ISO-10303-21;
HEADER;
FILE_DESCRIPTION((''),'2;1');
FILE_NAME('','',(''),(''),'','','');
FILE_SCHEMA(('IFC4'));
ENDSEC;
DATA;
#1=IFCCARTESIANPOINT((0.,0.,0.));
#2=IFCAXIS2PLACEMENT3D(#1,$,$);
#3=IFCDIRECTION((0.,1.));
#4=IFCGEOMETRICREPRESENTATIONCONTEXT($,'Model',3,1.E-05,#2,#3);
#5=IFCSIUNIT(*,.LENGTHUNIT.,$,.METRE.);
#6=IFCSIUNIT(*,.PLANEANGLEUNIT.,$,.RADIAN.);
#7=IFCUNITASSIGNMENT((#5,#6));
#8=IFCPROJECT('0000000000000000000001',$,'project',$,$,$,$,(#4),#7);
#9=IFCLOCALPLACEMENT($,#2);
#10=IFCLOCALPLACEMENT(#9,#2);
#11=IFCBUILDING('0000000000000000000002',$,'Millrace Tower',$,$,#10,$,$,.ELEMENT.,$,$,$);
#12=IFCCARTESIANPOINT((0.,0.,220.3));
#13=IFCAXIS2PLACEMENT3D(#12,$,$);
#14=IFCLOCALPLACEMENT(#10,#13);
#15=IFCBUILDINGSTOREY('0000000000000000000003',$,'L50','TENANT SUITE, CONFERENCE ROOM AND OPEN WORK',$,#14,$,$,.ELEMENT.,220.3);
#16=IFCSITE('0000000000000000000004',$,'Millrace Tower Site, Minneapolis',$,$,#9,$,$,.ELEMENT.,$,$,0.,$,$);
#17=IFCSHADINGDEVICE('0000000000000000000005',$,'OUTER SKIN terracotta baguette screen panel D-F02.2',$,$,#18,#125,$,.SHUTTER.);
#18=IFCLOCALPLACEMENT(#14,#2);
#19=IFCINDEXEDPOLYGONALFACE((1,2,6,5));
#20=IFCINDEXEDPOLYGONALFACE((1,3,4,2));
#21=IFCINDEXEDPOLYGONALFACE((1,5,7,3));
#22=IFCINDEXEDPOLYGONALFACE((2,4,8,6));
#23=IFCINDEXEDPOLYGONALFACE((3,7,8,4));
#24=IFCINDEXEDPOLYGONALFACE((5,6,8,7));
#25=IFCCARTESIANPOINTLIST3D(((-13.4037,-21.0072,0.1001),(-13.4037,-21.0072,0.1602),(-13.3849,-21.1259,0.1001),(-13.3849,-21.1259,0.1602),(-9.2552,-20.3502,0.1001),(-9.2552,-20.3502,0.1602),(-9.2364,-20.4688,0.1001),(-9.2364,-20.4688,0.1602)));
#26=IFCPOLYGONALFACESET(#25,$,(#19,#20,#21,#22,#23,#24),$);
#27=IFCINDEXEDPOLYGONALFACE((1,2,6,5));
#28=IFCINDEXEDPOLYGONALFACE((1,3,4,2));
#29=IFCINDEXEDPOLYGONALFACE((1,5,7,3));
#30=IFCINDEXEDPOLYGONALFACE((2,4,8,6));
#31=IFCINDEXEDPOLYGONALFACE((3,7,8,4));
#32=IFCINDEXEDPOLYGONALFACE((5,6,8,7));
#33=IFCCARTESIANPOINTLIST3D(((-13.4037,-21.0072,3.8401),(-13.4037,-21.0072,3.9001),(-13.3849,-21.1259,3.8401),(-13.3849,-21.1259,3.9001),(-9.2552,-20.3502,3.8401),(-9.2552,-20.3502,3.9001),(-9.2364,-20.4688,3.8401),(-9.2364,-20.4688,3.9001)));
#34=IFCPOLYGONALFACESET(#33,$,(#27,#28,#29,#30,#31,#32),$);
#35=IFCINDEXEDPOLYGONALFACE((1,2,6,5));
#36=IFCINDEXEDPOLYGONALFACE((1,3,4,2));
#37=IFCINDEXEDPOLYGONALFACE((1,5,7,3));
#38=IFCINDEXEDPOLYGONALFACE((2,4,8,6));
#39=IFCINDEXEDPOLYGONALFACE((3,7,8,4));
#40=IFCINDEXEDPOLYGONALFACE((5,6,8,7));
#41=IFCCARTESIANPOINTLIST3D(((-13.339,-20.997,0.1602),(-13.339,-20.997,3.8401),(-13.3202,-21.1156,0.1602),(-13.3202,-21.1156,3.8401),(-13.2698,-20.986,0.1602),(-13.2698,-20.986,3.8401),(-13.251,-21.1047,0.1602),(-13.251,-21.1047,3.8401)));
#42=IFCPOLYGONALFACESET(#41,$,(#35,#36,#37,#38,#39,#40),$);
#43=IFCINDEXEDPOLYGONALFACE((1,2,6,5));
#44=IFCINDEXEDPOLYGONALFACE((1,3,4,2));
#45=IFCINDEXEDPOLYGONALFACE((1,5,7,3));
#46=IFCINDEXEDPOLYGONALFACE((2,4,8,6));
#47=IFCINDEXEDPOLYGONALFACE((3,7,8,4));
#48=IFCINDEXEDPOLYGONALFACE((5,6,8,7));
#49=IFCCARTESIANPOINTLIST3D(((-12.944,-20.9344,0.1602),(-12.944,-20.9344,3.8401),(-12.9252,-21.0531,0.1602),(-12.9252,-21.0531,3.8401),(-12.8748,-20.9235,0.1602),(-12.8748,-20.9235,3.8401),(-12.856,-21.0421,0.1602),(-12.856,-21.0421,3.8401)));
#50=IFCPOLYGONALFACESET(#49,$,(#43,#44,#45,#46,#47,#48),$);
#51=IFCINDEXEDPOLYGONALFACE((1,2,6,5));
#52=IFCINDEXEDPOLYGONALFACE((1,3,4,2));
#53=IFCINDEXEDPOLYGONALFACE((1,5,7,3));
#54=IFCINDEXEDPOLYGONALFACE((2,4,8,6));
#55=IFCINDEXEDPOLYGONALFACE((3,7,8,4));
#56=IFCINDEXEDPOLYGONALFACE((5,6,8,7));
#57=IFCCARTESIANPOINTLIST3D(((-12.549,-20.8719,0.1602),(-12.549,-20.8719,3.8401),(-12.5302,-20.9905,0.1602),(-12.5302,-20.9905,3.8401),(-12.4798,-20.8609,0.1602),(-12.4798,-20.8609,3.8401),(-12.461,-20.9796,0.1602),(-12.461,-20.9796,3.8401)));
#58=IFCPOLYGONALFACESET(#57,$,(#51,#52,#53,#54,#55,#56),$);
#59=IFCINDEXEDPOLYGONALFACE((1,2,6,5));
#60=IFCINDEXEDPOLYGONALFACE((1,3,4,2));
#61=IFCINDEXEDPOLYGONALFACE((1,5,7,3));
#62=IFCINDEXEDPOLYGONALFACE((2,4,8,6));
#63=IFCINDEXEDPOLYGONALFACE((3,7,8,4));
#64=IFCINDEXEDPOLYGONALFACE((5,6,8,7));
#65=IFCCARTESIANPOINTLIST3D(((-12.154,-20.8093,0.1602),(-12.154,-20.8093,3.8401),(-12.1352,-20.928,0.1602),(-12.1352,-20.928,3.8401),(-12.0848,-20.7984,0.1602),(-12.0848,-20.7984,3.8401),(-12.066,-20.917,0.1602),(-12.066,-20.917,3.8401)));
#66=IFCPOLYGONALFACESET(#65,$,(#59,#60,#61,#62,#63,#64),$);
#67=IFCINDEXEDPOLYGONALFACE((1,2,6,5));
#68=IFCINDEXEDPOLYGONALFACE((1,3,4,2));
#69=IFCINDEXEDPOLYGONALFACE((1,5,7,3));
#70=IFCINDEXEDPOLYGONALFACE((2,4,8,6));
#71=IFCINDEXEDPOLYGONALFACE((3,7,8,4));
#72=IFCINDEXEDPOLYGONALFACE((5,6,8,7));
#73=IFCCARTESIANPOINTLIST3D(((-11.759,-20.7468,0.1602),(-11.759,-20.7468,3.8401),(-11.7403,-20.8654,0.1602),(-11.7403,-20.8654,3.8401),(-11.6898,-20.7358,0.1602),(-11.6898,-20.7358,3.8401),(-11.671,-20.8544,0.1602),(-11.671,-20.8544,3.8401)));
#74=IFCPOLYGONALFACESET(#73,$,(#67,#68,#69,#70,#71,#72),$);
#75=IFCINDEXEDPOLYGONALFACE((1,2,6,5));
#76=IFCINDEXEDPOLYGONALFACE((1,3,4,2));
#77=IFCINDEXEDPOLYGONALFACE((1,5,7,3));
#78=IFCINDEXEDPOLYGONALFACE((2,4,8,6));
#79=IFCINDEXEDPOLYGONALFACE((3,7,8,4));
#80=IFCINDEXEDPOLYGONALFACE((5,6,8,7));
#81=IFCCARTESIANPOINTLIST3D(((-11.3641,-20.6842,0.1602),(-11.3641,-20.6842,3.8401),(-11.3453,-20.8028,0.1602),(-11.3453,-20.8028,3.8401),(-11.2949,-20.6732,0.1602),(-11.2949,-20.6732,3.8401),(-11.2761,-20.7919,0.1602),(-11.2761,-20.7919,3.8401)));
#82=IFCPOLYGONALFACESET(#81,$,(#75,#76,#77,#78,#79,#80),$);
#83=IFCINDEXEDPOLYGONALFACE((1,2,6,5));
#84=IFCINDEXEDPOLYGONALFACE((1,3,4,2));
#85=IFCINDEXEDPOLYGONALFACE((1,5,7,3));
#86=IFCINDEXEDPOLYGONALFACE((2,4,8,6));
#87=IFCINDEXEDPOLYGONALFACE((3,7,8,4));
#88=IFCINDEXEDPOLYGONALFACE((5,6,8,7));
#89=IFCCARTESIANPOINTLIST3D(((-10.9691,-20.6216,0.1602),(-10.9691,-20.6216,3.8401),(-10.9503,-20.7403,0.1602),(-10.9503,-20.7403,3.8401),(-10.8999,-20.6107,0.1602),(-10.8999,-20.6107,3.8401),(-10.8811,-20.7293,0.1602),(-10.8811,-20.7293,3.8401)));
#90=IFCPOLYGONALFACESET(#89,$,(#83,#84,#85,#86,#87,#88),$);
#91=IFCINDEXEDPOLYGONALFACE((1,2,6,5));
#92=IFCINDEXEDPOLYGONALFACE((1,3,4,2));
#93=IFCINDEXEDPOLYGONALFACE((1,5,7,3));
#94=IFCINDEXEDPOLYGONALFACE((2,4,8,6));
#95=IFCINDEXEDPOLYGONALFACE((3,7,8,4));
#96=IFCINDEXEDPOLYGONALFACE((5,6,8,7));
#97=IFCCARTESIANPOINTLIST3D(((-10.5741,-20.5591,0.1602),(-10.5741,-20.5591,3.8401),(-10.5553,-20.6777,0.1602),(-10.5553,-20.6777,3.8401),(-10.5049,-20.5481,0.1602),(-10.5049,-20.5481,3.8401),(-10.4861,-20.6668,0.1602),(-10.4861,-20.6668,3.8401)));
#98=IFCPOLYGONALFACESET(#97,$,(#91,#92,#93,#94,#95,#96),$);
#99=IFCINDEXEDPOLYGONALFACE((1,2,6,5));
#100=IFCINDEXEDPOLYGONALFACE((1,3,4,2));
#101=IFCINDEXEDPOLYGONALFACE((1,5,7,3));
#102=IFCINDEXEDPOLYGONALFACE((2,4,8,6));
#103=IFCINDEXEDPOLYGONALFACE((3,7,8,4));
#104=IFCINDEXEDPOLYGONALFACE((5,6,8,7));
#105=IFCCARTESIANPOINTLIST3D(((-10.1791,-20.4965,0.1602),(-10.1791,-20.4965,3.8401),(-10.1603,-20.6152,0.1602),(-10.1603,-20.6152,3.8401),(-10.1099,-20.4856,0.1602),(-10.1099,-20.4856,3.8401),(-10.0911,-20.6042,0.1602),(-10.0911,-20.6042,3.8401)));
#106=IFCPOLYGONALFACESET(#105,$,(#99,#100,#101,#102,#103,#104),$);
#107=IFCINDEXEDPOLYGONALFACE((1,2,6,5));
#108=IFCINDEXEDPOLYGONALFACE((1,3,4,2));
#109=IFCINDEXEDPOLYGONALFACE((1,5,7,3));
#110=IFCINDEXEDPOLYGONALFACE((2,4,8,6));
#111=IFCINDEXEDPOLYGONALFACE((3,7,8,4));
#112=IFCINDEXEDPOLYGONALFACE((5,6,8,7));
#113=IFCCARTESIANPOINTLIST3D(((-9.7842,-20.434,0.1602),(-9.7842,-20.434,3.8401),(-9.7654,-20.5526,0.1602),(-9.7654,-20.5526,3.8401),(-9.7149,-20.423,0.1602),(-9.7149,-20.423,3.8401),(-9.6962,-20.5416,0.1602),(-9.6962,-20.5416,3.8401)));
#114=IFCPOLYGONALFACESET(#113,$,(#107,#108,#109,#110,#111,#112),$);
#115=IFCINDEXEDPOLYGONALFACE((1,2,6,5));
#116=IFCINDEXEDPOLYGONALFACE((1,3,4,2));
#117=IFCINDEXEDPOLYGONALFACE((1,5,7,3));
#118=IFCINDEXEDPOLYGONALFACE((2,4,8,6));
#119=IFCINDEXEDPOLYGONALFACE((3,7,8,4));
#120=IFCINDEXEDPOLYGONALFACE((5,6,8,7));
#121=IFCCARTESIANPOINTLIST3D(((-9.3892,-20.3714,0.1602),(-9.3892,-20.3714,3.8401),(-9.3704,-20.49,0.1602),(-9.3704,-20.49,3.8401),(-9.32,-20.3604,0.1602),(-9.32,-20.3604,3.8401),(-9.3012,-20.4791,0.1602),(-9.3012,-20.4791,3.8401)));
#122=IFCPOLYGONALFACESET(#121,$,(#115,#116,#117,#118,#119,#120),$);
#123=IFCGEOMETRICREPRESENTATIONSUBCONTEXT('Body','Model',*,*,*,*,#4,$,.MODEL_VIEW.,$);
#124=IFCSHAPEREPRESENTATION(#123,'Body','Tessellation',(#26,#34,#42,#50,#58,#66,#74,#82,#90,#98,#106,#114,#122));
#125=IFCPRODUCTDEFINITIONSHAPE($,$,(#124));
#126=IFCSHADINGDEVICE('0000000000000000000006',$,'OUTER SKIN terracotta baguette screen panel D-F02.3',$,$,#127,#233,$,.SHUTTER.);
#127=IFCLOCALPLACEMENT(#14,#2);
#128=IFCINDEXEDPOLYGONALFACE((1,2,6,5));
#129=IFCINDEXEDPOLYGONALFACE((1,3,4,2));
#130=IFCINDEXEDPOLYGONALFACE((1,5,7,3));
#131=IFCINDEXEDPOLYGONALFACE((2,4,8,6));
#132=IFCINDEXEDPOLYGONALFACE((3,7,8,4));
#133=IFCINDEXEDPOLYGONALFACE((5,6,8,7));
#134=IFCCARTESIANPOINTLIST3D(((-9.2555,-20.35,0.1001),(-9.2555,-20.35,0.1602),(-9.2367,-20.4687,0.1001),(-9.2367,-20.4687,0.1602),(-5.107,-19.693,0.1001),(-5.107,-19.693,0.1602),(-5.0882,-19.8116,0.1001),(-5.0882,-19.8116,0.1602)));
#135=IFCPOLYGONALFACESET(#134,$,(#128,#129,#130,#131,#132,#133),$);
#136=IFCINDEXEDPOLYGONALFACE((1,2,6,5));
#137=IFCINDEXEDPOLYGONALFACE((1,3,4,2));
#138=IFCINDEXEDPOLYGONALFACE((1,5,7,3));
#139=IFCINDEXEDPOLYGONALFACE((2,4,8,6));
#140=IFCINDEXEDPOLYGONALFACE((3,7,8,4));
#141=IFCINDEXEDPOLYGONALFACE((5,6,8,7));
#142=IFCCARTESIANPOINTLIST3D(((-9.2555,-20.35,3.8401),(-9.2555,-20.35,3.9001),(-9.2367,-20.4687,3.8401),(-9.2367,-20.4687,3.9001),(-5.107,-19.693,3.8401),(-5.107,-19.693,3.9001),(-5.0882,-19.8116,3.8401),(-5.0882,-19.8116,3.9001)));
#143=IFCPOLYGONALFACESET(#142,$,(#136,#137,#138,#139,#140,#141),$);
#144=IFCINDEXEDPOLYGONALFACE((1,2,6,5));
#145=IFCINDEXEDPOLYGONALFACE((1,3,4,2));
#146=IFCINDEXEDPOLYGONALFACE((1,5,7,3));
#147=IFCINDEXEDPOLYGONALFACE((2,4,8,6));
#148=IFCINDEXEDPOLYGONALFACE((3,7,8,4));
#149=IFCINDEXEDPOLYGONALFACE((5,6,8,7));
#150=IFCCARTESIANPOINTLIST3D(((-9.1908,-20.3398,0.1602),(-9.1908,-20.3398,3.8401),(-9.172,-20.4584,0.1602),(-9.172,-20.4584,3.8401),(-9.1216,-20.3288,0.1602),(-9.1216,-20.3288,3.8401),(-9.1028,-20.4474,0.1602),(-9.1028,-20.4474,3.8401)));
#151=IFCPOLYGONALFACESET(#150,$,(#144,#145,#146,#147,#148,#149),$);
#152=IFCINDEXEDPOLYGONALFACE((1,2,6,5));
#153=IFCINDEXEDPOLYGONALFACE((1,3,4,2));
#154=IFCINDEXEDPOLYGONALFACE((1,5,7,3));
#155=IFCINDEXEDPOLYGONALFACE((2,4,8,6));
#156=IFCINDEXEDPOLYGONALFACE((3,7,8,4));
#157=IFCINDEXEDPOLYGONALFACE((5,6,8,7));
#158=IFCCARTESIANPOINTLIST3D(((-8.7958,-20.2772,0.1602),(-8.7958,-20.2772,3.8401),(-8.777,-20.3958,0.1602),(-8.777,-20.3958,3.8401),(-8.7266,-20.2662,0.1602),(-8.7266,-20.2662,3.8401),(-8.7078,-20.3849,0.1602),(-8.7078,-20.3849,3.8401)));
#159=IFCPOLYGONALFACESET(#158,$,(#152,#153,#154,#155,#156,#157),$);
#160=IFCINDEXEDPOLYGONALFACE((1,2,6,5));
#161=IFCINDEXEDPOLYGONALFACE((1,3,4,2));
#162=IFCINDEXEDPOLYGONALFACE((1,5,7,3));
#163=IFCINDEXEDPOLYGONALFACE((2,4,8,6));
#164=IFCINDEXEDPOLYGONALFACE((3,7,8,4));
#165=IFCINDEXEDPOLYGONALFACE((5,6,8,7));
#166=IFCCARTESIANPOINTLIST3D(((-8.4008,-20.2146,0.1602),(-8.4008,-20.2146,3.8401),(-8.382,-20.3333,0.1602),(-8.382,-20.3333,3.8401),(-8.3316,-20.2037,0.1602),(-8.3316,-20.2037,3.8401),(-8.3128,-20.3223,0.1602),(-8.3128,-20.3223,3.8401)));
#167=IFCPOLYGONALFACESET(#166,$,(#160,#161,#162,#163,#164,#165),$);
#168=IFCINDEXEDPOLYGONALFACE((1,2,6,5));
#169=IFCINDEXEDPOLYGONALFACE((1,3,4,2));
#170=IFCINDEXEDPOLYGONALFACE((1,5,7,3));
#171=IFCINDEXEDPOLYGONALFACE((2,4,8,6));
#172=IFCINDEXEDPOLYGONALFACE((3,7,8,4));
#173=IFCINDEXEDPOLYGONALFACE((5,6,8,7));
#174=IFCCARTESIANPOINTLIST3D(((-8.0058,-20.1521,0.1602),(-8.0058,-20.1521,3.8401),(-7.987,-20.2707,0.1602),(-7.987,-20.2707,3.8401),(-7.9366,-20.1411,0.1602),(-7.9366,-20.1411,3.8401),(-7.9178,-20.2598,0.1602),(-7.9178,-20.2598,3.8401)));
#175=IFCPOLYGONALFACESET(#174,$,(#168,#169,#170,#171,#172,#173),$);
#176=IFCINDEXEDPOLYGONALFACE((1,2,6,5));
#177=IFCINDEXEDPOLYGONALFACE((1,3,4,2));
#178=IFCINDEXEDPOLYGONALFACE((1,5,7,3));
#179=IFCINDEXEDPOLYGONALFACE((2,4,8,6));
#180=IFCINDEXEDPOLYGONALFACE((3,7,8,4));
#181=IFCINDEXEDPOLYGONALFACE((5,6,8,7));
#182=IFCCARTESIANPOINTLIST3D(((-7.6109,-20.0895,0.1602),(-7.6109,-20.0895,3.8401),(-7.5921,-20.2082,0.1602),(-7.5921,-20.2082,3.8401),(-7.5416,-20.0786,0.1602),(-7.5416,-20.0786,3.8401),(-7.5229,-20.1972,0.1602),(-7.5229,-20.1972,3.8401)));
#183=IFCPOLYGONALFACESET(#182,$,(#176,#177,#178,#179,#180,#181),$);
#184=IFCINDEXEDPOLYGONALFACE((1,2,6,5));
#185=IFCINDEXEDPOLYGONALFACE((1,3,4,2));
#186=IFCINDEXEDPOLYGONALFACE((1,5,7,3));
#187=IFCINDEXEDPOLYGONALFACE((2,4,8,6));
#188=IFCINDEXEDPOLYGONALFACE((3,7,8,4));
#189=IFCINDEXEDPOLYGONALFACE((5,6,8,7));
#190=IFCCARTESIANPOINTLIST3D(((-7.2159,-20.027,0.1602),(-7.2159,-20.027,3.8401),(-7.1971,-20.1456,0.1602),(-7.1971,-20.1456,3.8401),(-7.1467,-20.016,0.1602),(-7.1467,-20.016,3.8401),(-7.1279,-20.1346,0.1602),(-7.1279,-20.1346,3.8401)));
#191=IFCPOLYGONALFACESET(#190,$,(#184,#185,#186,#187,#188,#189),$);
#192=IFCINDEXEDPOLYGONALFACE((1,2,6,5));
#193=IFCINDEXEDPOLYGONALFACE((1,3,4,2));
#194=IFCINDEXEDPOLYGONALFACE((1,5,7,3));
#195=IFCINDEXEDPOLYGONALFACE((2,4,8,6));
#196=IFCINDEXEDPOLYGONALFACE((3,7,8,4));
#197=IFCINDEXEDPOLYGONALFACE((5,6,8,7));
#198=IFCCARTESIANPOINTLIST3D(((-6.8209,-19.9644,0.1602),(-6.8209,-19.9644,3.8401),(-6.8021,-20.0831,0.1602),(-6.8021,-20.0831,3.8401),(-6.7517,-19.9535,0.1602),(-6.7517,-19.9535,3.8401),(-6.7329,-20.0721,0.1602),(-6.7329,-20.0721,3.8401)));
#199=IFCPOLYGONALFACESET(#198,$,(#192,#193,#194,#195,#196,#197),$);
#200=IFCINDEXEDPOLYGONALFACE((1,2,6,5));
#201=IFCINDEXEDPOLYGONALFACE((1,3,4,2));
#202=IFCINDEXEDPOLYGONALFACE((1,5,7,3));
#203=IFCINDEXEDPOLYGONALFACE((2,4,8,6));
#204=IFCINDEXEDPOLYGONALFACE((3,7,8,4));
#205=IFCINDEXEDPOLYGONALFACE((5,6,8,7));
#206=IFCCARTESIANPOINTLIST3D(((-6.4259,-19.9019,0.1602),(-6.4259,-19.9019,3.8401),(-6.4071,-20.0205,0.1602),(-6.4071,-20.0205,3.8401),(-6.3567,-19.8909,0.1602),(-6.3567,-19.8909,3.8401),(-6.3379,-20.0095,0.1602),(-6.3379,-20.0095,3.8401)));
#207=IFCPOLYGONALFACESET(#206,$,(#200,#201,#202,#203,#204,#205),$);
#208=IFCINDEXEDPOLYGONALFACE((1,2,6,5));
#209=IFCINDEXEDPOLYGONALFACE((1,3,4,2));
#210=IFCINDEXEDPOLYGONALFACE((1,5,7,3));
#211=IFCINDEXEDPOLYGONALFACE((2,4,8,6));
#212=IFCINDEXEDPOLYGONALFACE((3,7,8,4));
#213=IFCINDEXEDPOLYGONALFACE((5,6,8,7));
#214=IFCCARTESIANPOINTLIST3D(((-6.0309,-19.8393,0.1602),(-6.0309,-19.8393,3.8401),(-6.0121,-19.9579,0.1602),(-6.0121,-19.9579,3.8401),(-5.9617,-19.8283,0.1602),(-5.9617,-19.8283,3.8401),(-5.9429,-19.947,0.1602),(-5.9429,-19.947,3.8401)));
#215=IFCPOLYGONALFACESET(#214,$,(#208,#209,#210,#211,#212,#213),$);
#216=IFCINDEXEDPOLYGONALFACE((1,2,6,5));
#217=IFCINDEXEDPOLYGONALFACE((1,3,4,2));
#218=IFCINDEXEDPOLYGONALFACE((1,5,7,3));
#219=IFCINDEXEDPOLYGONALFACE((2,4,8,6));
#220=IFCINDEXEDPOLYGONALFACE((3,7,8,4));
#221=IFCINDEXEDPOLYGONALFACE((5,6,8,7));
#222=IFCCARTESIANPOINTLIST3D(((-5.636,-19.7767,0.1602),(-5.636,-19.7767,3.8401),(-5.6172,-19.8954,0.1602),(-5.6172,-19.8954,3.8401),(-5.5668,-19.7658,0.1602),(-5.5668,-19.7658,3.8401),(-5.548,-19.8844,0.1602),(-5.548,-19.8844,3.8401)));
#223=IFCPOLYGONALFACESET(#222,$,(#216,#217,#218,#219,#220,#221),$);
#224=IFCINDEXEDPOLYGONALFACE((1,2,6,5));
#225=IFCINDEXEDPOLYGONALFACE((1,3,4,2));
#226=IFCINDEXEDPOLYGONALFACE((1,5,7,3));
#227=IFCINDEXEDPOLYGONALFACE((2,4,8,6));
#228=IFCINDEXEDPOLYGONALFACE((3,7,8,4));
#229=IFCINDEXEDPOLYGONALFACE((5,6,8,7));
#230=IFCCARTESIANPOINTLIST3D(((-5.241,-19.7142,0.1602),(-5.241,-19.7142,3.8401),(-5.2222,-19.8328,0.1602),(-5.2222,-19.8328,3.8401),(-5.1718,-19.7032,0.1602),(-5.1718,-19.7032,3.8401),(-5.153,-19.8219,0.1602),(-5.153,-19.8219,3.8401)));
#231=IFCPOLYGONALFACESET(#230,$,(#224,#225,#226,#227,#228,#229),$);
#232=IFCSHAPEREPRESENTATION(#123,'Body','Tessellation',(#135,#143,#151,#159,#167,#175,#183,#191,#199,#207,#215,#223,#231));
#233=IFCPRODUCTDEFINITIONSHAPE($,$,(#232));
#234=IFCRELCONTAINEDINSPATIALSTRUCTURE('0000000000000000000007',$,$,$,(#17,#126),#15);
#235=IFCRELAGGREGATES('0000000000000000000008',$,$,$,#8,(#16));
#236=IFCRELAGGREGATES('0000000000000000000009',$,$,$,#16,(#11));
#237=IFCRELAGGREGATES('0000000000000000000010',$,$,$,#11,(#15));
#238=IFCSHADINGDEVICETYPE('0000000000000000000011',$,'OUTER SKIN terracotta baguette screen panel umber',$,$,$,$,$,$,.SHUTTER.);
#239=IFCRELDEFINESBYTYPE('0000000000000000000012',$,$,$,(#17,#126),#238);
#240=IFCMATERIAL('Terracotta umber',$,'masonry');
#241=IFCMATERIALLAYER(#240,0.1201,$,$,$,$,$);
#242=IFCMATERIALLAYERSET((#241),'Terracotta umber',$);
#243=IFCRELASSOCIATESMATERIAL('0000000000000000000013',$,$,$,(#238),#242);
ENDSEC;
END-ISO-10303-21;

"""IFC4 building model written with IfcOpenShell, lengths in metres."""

from ifc_helpers import new_model, entity, si_unit, direction, frame, frame_2d, origin, origin_2d, place, context, subcontext, project, spatial, rectangle, extrude, source, transform, mapped, material, layer, layer_set, type_object, element, save


model = new_model("IFC4")

# Units and contexts
model_context = context("Model", 3, precision=1e-05, world=origin(), true_north=direction((0.0, 1.0)))
body_context = subcontext(model_context, "Body", "Model", "MODEL_VIEW")
ifc_project = project(units=[si_unit("LENGTHUNIT", "METRE"), si_unit("PLANEANGLEUNIT", "RADIAN")], contexts=[model_context])

# Site, building, storey
site_placement = place(None, origin())
site = spatial("IfcSite", under=ifc_project, at=site_placement, Name="Millrace Tower Site, Minneapolis", CompositionType="ELEMENT", RefElevation=0.0)
building_placement = place(site_placement, origin())
building = spatial("IfcBuilding", under=site, at=building_placement, Name="Millrace Tower", CompositionType="ELEMENT")
storey_placement = place(building_placement, frame((0.0, 0.0, 220.3)))
storey = spatial("IfcBuildingStorey", under=building, at=storey_placement, Name="L50", Description="TENANT SUITE, CONFERENCE ROOM AND OPEN WORK", CompositionType="ELEMENT", Elevation=220.3)

# Shading devices
ifc_material_1 = material(Name="Terracotta umber", Category="masonry")
ifc_layer_1 = layer(ifc_material_1, 0.1201)
ifc_layer_set_1 = layer_set([ifc_layer_1], Name="Terracotta umber")
shading_device_type = type_object("IfcShadingDeviceType", Name="OUTER SKIN terracotta baguette screen panel umber", PredefinedType="SHUTTER", material=ifc_layer_set_1)
cartesian_point = entity("IfcCartesianPoint", [-2.1001, 0.0601])
shared_polyline = entity("IfcPolyline", [cartesian_point, entity("IfcCartesianPoint", [2.1001, 0.0601]), entity("IfcCartesianPoint", [2.1001, -0.0601]), entity("IfcCartesianPoint", [-2.1001, -0.0601]), cartesian_point])
shared_shape = source(origin(), body_context, "Body", "SweptSolid", [
    entity("IfcExtrudedAreaSolid", entity("IfcArbitraryClosedProfileDef", "AREA", None, shared_polyline), entity("IfcAxis2Placement3D", entity("IfcCartesianPoint", [0.0, 0.0, 0.0])), entity("IfcDirection", [0.0, 0.0, 1.0]), 0.0601),
    entity("IfcExtrudedAreaSolid", entity("IfcArbitraryClosedProfileDef", "AREA", None, shared_polyline), entity("IfcAxis2Placement3D", entity("IfcCartesianPoint", [0.0, 0.0, 3.74])), entity("IfcDirection", [0.0, 0.0, 1.0]), 0.0601),
    extrude(rectangle(XDim=0.0701, YDim=0.1201, at=frame_2d((-1.9995, 0.0))), frame((0.0, 0.0, 0.0601)), (0.0, 0.0, 1.0), 3.6799),
    extrude(rectangle(XDim=0.0701, YDim=0.1201, at=frame_2d((-1.5996, 0.0))), frame((0.0, 0.0, 0.0601)), (0.0, 0.0, 1.0), 3.6799),
    extrude(rectangle(XDim=0.0701, YDim=0.1201, at=frame_2d((-1.1997, 0.0))), frame((0.0, 0.0, 0.0601)), (0.0, 0.0, 1.0), 3.6799),
    extrude(rectangle(XDim=0.0701, YDim=0.1201, at=frame_2d((-0.7998, 0.0))), frame((0.0, 0.0, 0.0601)), (0.0, 0.0, 1.0), 3.6799),
    extrude(rectangle(XDim=0.0701, YDim=0.1201, at=frame_2d((-0.3999, 0.0))), frame((0.0, 0.0, 0.0601)), (0.0, 0.0, 1.0), 3.6799),
    extrude(rectangle(XDim=0.0701, YDim=0.1201, at=origin_2d()), frame((0.0, 0.0, 0.0601)), (0.0, 0.0, 1.0), 3.6799),
    extrude(rectangle(XDim=0.0701, YDim=0.1201, at=frame_2d((0.3999, 0.0))), frame((0.0, 0.0, 0.0601)), (0.0, 0.0, 1.0), 3.6799),
    extrude(rectangle(XDim=0.0701, YDim=0.1201, at=frame_2d((0.7998, 0.0))), frame((0.0, 0.0, 0.0601)), (0.0, 0.0, 1.0), 3.6799),
    extrude(rectangle(XDim=0.0701, YDim=0.1201, at=frame_2d((1.1997, 0.0))), frame((0.0, 0.0, 0.0601)), (0.0, 0.0, 1.0), 3.6799),
    extrude(rectangle(XDim=0.0701, YDim=0.1201, at=frame_2d((1.5996, 0.0))), frame((0.0, 0.0, 0.0601)), (0.0, 0.0, 1.0), 3.6799),
    extrude(rectangle(XDim=0.0701, YDim=0.1201, at=frame_2d((1.9995, 0.0))), frame((0.0, 0.0, 0.0601)), (0.0, 0.0, 1.0), 3.6799),
])
for number, where, z_axis, x_axis, name in (
    (1, (-11.3201, -20.738, 0.1001), (0.0, 0.0, 1.0), (0.987688, 0.156434, 0.0), "OUTER SKIN terracotta baguette screen panel D-F02.2"),
    (2, (-7.1719, -20.0808, 0.1001), (0.0, 0.0, 1.0), (0.987688, 0.156434, 0.0), "OUTER SKIN terracotta baguette screen panel D-F02.3"),
):
    element("IfcShadingDevice", number, at=place(storey_placement, frame(where, z_axis=z_axis, x_axis=x_axis)), inside=storey, type_object=shading_device_type, Name=name, PredefinedType="SHUTTER", context=body_context, shape_type="MappedRepresentation", body=[
        mapped(shared_shape, transform((0.0, 0.0, 0.0), scale=1.0)),
    ])

save(model, "model.ifc")
